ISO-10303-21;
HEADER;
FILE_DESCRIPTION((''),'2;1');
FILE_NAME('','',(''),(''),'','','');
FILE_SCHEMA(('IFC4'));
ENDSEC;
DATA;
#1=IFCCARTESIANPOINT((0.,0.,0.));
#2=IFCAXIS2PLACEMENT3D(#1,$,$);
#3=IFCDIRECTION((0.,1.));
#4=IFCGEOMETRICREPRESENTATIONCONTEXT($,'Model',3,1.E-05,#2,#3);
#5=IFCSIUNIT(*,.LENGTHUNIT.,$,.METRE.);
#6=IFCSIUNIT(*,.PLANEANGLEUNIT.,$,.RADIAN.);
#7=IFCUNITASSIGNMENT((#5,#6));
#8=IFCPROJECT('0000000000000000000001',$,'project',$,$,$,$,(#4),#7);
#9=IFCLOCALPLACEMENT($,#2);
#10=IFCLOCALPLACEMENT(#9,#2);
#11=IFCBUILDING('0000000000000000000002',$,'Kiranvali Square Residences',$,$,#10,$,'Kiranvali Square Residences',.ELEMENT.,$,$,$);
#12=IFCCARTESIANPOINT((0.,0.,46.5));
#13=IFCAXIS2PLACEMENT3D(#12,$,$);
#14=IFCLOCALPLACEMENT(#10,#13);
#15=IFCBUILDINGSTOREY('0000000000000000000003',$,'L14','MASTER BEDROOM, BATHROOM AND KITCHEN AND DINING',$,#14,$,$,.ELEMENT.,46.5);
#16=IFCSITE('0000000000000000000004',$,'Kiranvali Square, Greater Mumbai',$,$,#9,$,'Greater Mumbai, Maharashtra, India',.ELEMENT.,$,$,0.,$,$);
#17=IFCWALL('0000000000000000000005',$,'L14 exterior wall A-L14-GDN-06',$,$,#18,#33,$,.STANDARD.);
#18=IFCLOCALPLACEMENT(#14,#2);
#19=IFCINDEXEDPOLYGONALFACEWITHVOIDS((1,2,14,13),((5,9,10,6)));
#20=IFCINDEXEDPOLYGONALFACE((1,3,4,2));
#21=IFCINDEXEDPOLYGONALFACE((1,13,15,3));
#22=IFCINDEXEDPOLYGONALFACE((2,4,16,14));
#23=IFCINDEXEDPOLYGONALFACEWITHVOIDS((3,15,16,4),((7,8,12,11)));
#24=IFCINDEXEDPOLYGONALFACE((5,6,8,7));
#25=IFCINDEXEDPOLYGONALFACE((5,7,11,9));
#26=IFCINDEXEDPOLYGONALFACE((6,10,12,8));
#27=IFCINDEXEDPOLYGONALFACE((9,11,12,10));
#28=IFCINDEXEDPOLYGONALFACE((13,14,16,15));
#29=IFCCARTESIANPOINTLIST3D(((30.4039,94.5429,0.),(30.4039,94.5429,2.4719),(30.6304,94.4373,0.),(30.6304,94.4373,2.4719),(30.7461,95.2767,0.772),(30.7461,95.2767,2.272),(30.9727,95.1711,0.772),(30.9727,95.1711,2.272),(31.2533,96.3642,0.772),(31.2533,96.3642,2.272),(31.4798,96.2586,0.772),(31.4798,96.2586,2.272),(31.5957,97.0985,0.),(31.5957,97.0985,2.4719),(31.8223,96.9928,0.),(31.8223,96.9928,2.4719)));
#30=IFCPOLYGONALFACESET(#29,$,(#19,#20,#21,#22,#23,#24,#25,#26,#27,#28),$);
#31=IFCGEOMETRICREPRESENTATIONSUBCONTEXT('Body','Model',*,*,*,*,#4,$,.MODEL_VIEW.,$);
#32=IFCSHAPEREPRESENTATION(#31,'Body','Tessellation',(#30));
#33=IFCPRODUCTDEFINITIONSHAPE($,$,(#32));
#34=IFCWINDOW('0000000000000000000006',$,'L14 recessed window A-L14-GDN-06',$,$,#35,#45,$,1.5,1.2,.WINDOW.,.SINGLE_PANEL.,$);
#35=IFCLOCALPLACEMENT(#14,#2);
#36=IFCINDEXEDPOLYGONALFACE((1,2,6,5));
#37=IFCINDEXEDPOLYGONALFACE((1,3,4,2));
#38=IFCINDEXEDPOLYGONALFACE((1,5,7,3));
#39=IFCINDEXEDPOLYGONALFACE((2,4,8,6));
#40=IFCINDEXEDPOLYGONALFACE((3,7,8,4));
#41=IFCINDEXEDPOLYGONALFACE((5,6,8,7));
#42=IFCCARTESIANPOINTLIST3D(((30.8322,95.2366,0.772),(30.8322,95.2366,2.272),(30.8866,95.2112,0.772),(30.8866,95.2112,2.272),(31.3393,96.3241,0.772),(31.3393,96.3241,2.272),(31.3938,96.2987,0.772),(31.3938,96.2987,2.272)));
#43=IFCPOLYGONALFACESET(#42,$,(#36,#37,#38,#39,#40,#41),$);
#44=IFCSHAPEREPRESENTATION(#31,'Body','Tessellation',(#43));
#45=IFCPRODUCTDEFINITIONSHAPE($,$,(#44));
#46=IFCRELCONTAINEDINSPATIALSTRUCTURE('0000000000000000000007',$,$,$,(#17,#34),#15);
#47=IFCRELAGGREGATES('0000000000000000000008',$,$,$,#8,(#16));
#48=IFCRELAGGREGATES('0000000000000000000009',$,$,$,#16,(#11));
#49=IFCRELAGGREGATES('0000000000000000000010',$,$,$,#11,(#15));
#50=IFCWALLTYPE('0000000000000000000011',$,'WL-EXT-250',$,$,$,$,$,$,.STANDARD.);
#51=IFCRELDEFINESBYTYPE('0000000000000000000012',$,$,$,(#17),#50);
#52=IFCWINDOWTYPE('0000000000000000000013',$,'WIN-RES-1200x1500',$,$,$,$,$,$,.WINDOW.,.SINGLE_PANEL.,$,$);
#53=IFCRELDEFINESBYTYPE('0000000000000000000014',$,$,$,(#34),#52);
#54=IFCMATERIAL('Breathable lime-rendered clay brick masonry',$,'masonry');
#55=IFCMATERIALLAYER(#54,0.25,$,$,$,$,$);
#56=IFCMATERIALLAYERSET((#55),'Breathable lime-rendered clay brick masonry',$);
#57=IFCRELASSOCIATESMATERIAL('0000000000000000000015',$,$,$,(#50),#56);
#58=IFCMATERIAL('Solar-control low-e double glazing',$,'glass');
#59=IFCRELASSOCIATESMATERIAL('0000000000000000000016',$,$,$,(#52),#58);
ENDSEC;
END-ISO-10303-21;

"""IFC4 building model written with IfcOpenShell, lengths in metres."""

from ifc_helpers import new_model, si_unit, direction, frame, frame_2d, origin, place, context, subcontext, project, spatial, rectangle, extrude, material, layer, layer_set, type_object, element, fill, save


model = new_model("IFC4")

# Units and contexts
model_context = context("Model", 3, precision=1e-05, world=origin(), true_north=direction((0.0, 1.0)))
body_context = subcontext(model_context, "Body", "Model", "MODEL_VIEW")
ifc_project = project(units=[si_unit("LENGTHUNIT", "METRE"), si_unit("PLANEANGLEUNIT", "RADIAN")], contexts=[model_context])

# Site, building, storey
site_placement = place(None, origin())
site = spatial("IfcSite", under=ifc_project, at=site_placement, Name="Kiranvali Square, Greater Mumbai", LongName="Greater Mumbai, Maharashtra, India", CompositionType="ELEMENT", RefElevation=0.0)
building_placement = place(site_placement, origin())
building = spatial("IfcBuilding", under=site, at=building_placement, Name="Kiranvali Square Residences", LongName="Kiranvali Square Residences", CompositionType="ELEMENT")
storey_placement = place(building_placement, frame((0.0, 0.0, 46.5)))
storey = spatial("IfcBuildingStorey", under=building, at=storey_placement, Name="L14", Description="MASTER BEDROOM, BATHROOM AND KITCHEN AND DINING", CompositionType="ELEMENT", Elevation=46.5)

# Shared definitions
ifc_material_1 = material(Name="Breathable lime-rendered clay brick masonry", Category="masonry")
ifc_layer_1 = layer(ifc_material_1, 0.25)
ifc_layer_set_1 = layer_set([ifc_layer_1], Name="Breathable lime-rendered clay brick masonry")
wall_type_1 = type_object("IfcWallType", Name="WL-EXT-250", PredefinedType="STANDARD", material=ifc_layer_set_1)

# Wall, opening, window
wall_1_placement = place(storey_placement, frame((31.709, 97.0457, 0.0), z_axis=(0.0, 0.0, 1.0), x_axis=(-0.422667, -0.906285, 0.0)))
wall_1 = element("IfcWall", 1, at=wall_1_placement, inside=storey, type_object=wall_type_1, Name="L14 exterior wall A-L14-GDN-06", PredefinedType="STANDARD", context=body_context, shape_type="SweptSolid", body=[
    extrude(rectangle(XDim=2.8198, YDim=0.25, at=frame_2d((1.4099, 0.0))), origin(), (0.0, 0.0, 1.0), 2.4719),
])
opening_1_placement = place(wall_1_placement, frame((0.8101, 0.0, 0.772)))
opening_1 = element("IfcOpeningElement", 2, at=opening_1_placement, cuts=wall_1, PredefinedType="OPENING", context=body_context, shape_type="SweptSolid", body=[
    extrude(rectangle(XDim=1.2, YDim=1.5, at=frame_2d((0.6001, 0.75))), frame((0.0, 0.135, 0.0), z_axis=(0.0, -1.0, 0.0), x_axis=(1.0, 0.0, 0.0)), (0.0, 0.0, 1.0), 0.27),
])
ifc_material_2 = material(Name="Solar-control low-e double glazing", Category="glass")
window_type = type_object("IfcWindowType", Name="WIN-RES-1200x1500", PartitioningType="SINGLE_PANEL", PredefinedType="WINDOW", material=ifc_material_2)
window_placement = place(opening_1_placement, origin())
window = element("IfcWindow", 3, at=window_placement, inside=storey, type_object=window_type, Name="L14 recessed window A-L14-GDN-06", OverallHeight=1.5, OverallWidth=1.2, PartitioningType="SINGLE_PANEL", PredefinedType="WINDOW", context=body_context, shape_type="SweptSolid", body=[
    extrude(rectangle(XDim=1.2, YDim=1.5, at=frame_2d((0.6001, 0.75))), frame((0.0, 0.03, 0.0), z_axis=(0.0, -1.0, 0.0), x_axis=(1.0, 0.0, 0.0)), (0.0, 0.0, 1.0), 0.0601),
])
fill(opening_1, window)

save(model, "model.ifc")
